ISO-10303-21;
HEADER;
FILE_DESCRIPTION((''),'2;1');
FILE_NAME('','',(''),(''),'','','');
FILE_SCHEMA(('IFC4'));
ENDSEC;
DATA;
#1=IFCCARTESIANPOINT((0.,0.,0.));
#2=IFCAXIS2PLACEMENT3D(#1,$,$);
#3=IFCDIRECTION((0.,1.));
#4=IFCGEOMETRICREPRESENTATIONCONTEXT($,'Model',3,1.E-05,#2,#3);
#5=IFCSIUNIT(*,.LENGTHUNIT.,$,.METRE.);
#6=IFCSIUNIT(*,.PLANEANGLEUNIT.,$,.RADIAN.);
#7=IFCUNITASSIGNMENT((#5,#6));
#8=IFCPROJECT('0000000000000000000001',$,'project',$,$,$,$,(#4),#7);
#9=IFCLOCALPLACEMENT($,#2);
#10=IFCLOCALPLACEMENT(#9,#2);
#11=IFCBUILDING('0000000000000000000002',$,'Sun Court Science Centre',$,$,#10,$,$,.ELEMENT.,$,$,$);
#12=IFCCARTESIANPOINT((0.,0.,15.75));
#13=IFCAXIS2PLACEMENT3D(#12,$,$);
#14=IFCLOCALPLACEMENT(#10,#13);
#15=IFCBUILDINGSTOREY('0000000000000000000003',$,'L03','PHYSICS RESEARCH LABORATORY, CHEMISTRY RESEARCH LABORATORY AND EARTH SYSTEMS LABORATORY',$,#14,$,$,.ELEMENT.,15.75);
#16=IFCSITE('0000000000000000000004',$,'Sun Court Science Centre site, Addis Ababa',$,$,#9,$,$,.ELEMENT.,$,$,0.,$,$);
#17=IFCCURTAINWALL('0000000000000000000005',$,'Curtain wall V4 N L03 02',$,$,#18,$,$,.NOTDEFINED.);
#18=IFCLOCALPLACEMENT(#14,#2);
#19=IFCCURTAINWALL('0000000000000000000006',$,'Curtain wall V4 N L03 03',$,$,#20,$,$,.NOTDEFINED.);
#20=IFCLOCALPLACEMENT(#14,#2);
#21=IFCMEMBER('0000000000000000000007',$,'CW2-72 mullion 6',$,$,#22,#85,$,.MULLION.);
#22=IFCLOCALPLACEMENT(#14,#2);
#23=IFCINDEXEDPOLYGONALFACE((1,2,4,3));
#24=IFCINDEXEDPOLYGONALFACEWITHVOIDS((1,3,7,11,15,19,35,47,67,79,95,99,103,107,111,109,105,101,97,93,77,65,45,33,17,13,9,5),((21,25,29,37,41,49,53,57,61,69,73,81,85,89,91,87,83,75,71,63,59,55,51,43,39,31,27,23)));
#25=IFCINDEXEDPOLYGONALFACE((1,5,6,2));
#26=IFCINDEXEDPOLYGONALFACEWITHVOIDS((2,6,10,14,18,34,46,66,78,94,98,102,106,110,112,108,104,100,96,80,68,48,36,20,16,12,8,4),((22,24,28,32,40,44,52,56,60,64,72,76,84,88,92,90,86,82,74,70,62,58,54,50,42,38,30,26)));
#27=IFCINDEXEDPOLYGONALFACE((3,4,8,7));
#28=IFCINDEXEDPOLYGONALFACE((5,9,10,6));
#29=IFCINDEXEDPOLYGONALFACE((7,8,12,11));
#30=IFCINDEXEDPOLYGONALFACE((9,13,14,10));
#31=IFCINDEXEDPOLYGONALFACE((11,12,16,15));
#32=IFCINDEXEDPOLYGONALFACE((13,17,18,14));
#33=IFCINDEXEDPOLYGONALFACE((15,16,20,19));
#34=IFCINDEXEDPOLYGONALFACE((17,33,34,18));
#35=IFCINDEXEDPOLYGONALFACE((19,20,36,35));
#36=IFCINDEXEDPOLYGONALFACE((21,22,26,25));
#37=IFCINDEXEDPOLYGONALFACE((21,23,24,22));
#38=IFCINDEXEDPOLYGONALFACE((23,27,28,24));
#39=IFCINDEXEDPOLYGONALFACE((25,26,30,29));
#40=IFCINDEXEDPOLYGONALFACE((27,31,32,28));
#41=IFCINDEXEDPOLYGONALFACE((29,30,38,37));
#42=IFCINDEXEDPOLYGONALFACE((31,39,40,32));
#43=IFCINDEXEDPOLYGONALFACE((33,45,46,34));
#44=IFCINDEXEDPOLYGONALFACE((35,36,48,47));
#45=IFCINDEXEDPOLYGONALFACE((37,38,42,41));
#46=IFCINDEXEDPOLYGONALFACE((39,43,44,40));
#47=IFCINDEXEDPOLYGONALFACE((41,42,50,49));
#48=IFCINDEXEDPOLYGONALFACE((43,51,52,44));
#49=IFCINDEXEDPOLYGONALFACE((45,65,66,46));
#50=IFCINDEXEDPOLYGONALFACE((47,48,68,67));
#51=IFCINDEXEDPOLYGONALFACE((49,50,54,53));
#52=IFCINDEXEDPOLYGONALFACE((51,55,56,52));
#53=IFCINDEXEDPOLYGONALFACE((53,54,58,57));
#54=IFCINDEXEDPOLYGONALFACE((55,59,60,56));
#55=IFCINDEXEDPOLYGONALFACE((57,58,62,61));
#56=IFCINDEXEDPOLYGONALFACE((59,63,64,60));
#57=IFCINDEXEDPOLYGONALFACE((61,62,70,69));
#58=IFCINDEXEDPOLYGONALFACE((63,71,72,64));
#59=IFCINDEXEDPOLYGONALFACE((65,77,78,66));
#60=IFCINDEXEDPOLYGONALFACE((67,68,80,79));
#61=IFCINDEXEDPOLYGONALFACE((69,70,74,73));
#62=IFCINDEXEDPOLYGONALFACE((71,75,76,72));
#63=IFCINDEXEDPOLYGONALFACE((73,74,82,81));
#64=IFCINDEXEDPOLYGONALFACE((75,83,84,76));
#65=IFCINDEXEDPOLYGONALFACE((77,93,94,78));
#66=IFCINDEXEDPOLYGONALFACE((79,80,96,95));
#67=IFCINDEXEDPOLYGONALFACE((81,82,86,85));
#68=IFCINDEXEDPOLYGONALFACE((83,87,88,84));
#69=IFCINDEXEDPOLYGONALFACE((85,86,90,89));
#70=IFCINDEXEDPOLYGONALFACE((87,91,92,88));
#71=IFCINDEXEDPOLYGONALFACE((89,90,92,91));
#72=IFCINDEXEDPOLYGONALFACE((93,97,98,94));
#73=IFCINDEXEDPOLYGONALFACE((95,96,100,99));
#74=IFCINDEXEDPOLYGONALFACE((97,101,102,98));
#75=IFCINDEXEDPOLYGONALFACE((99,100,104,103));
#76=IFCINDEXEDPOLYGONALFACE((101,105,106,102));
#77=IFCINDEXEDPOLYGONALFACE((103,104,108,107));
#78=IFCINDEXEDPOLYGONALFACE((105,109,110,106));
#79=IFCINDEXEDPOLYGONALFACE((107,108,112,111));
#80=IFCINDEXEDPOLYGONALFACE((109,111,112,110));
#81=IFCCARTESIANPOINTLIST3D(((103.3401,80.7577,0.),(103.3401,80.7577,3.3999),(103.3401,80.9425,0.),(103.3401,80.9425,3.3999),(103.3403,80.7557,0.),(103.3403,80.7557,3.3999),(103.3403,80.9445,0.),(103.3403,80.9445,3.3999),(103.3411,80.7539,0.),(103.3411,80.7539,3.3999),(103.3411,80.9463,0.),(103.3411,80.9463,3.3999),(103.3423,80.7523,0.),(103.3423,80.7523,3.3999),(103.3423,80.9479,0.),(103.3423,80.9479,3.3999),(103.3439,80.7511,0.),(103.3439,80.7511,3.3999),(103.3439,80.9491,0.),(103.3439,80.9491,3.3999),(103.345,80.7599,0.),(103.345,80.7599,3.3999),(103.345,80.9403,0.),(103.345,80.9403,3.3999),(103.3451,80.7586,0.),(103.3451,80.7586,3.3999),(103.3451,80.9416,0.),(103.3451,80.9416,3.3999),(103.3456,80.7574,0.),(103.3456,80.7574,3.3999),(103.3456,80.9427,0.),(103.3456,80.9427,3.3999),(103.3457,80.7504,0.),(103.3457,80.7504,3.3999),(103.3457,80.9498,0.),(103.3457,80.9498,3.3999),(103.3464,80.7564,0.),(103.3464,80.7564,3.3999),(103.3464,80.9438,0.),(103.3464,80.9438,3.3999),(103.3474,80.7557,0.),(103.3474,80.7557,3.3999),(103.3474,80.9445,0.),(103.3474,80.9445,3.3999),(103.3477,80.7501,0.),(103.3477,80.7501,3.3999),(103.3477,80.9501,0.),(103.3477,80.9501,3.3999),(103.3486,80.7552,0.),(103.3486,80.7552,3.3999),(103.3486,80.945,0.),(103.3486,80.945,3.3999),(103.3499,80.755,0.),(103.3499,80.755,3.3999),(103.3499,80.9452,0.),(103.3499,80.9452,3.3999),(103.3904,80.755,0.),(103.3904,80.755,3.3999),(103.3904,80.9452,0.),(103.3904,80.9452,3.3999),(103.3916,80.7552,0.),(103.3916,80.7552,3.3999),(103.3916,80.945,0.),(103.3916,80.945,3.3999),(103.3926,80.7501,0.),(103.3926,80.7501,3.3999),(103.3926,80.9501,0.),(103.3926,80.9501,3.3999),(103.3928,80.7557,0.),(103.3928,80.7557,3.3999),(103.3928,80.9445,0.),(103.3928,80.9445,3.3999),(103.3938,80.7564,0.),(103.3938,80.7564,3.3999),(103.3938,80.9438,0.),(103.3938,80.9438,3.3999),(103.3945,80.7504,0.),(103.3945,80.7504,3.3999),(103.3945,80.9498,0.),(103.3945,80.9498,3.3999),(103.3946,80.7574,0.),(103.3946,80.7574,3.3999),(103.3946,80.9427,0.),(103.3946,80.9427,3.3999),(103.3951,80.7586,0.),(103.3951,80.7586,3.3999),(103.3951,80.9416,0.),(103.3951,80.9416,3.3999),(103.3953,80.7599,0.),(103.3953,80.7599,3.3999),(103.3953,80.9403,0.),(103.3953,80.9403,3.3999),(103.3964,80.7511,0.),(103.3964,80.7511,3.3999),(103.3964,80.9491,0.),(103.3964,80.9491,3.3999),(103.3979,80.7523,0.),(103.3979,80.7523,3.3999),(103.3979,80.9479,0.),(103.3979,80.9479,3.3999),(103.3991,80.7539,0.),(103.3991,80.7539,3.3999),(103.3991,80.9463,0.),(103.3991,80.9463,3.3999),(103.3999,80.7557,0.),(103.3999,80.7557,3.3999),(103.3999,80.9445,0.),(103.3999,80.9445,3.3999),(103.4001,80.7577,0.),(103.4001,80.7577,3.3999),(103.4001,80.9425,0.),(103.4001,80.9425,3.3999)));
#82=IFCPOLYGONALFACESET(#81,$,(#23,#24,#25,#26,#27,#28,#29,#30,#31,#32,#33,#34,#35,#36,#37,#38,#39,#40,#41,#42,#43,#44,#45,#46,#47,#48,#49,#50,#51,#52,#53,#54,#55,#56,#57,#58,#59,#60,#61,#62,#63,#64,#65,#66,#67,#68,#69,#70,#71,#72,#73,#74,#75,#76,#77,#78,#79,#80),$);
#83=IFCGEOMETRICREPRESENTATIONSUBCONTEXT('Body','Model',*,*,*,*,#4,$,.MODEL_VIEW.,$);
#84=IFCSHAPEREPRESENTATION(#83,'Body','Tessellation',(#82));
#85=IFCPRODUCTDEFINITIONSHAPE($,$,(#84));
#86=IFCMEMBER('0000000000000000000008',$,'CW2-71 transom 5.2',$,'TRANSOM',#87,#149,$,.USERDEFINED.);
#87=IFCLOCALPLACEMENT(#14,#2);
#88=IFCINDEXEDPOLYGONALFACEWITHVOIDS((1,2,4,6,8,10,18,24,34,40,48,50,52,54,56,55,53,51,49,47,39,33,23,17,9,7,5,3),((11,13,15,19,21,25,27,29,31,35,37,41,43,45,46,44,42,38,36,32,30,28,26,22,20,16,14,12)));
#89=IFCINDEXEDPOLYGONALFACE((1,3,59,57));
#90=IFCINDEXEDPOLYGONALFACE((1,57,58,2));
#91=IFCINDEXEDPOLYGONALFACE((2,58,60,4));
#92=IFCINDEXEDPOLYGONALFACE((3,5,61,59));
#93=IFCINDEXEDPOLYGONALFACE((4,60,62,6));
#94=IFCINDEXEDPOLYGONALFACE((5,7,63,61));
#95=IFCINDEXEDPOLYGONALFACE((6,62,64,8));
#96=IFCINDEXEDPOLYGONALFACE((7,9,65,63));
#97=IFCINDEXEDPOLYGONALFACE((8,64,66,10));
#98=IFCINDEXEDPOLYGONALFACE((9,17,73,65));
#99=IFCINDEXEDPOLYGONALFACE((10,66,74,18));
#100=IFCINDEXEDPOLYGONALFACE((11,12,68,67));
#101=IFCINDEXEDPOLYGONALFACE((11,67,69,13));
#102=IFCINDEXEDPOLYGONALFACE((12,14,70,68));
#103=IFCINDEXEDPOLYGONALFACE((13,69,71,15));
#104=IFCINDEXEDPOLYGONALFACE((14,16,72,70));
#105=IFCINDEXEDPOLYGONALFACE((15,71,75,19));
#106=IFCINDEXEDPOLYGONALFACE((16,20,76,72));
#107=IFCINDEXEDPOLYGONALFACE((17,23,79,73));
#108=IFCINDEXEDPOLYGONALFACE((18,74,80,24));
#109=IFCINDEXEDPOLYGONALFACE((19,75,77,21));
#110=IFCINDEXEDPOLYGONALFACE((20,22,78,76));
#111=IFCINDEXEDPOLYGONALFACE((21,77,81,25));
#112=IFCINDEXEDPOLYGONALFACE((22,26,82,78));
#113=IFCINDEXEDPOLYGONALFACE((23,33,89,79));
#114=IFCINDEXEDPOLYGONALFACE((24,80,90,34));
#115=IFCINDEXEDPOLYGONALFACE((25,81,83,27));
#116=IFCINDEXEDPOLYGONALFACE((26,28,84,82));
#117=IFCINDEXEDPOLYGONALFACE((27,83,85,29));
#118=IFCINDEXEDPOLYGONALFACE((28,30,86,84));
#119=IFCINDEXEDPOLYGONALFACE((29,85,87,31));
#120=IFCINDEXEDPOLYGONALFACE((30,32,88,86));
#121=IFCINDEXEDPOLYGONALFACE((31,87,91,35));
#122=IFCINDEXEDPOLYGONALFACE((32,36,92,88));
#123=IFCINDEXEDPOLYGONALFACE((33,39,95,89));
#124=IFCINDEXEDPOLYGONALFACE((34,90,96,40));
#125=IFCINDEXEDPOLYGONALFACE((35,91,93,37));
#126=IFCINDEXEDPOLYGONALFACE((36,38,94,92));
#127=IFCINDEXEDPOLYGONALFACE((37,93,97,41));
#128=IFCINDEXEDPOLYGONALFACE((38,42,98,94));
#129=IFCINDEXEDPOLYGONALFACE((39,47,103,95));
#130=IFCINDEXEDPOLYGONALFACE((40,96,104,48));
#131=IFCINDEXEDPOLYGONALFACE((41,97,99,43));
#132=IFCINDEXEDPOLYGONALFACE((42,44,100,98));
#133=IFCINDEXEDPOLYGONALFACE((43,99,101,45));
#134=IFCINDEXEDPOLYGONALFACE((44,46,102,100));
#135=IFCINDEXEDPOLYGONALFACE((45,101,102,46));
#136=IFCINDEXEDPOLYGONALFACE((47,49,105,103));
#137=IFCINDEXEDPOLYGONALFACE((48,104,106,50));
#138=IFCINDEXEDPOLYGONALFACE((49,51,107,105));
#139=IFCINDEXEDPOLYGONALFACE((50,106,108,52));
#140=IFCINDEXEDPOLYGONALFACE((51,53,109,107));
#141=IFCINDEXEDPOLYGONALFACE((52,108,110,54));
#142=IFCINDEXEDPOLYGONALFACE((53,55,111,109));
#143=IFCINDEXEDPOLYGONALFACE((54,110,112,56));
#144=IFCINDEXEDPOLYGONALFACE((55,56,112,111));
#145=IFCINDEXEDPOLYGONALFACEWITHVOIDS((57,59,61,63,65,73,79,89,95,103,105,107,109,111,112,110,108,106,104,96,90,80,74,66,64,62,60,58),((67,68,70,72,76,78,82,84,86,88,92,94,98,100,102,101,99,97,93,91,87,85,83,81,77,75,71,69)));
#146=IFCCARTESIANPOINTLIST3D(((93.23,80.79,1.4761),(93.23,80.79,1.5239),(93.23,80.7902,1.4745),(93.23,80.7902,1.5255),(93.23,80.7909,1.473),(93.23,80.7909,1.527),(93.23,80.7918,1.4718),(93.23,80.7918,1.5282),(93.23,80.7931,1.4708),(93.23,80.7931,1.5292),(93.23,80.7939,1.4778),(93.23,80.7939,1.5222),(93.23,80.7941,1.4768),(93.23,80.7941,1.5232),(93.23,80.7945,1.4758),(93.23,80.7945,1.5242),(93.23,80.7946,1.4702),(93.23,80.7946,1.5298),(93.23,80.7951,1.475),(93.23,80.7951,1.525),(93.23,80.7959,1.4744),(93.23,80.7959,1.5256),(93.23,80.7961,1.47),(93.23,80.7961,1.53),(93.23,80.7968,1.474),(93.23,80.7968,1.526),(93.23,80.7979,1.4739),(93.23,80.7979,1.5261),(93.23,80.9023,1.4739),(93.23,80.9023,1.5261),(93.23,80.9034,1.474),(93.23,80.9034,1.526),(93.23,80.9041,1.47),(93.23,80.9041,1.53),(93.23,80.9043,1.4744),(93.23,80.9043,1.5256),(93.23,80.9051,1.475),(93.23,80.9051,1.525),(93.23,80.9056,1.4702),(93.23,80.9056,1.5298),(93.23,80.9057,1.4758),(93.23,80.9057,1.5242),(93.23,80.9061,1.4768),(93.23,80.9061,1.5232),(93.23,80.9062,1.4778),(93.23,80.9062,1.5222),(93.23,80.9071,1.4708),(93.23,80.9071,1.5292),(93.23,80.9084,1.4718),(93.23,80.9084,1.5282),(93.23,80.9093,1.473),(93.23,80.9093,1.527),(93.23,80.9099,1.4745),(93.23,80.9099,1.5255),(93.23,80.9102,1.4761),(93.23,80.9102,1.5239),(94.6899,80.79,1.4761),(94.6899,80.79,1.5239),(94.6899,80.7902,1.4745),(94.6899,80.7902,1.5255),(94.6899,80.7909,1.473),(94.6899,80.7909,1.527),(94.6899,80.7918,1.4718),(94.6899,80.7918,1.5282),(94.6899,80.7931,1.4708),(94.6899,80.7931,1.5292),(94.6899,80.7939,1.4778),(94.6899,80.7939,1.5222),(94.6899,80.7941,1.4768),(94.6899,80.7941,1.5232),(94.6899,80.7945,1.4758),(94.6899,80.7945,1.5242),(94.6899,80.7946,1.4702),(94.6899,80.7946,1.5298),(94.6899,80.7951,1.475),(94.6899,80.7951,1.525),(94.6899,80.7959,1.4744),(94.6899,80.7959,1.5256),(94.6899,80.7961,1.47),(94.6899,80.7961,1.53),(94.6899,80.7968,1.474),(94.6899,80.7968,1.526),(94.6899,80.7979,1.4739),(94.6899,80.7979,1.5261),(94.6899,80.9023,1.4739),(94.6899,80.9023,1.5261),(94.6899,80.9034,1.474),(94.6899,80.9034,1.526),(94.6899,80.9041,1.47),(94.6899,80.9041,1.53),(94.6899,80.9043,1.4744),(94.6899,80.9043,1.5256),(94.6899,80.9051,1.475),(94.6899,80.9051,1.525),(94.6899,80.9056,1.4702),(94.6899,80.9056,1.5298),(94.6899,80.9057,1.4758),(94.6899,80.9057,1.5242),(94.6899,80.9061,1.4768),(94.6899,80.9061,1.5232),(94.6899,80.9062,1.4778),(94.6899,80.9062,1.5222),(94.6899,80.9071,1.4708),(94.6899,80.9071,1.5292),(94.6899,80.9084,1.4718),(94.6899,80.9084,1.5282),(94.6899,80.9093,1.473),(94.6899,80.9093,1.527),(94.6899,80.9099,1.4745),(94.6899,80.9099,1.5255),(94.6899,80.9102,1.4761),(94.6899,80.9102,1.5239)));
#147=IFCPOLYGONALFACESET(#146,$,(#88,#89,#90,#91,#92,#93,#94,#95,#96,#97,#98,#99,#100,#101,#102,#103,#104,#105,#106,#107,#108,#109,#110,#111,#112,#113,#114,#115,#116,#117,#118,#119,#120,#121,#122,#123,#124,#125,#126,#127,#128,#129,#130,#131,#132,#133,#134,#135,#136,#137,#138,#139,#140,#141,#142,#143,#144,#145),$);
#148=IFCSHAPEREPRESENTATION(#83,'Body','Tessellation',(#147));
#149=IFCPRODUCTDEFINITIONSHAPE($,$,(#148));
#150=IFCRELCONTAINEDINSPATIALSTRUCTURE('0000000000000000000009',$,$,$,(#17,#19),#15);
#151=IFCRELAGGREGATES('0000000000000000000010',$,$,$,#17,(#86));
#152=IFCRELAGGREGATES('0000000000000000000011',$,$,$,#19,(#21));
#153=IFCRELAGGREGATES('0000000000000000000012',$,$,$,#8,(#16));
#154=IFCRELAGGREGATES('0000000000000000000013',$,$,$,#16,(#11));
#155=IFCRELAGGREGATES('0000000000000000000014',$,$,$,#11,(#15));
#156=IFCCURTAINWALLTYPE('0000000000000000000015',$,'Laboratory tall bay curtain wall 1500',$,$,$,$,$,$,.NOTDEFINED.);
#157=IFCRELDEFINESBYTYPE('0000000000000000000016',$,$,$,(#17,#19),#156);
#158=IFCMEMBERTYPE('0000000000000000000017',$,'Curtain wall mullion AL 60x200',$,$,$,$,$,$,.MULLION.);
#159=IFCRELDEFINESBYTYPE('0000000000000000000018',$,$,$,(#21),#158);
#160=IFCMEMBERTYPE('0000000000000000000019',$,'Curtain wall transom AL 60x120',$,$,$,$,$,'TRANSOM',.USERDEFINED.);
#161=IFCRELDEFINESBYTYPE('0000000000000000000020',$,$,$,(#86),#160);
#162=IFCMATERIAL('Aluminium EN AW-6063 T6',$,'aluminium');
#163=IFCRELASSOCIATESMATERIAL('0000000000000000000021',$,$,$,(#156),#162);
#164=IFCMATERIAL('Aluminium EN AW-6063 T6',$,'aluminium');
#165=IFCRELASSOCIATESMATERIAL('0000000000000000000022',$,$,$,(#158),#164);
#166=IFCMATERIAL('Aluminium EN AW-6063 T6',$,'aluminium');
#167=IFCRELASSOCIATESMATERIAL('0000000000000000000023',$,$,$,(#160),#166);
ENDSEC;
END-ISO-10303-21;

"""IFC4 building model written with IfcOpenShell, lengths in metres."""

from ifc_helpers import new_model, si_unit, direction, frame, origin, origin_2d, place, context, subcontext, project, spatial, hollow_rectangle, extrude, material, material_profile, profile_set, type_object, element, aggregate, save


model = new_model("IFC4")

# Units and contexts
model_context = context("Model", 3, precision=1e-05, world=origin(), true_north=direction((0.0, 1.0)))
body_context = subcontext(model_context, "Body", "Model", "MODEL_VIEW")
ifc_project = project(units=[si_unit("LENGTHUNIT", "METRE"), si_unit("PLANEANGLEUNIT", "RADIAN")], contexts=[model_context])

# Site, building, storey
site_placement = place(None, origin())
site = spatial("IfcSite", under=ifc_project, at=site_placement, Name="Sun Court Science Centre site, Addis Ababa", CompositionType="ELEMENT", RefElevation=0.0)
building_placement = place(site_placement, origin())
building = spatial("IfcBuilding", under=site, at=building_placement, Name="Sun Court Science Centre", CompositionType="ELEMENT")
storey_placement = place(building_placement, frame((0.0, 0.0, 15.75)))
storey = spatial("IfcBuildingStorey", under=building, at=storey_placement, Name="L03", Description="PHYSICS RESEARCH LABORATORY, CHEMISTRY RESEARCH LABORATORY AND EARTH SYSTEMS LABORATORY", CompositionType="ELEMENT", Elevation=15.75)

# Curtain wall
ifc_material_1 = material(Name="Aluminium EN AW-6063 T6", Category="aluminium")
curtain_wall_type = type_object("IfcCurtainWallType", Name="Laboratory tall bay curtain wall 1500", PredefinedType="NOTDEFINED", material=ifc_material_1)
curtain_wall_1_placement = place(storey_placement, origin())
curtain_wall_1 = element("IfcCurtainWall", 1, at=curtain_wall_1_placement, inside=storey, type_object=curtain_wall_type, Name="Curtain wall V4 N L03 02", PredefinedType="NOTDEFINED")
ifc_material_2 = material(Name="Aluminium EN AW-6063 T6", Category="aluminium")
ifc_material_profile_1 = material_profile(ifc_material_2, hollow_rectangle(XDim=0.0601, YDim=0.2, WallThickness=0.0049, InnerFilletRadius=0.0049, OuterFilletRadius=0.0076, at=origin_2d()), Name="AL 60x200x5")
ifc_profile_set_1 = profile_set([ifc_material_profile_1], Name="Aluminium EN AW-6063 T6")
member_type_1 = type_object("IfcMemberType", Name="Curtain wall mullion AL 60x200", PredefinedType="MULLION", material=ifc_profile_set_1)

# Curtain wall, member
curtain_wall_2_placement = place(storey_placement, origin())
curtain_wall_2 = element("IfcCurtainWall", 2, at=curtain_wall_2_placement, inside=storey, type_object=curtain_wall_type, Name="Curtain wall V4 N L03 03", PredefinedType="NOTDEFINED")
member_1_placement = place(storey_placement, frame((103.3701, 80.8501, 0.0), z_axis=(0.0, 0.0, 1.0), x_axis=(1.0, 0.0, 0.0)))
member_1 = element("IfcMember", 3, at=member_1_placement, type_object=member_type_1, Name="CW2-72 mullion 6", PredefinedType="MULLION", context=body_context, shape_type="SweptSolid", body=[
    extrude(hollow_rectangle(XDim=0.0601, YDim=0.2, WallThickness=0.0049, InnerFilletRadius=0.0049, OuterFilletRadius=0.0076, at=origin_2d()), origin(), (0.0, 0.0, 1.0), 3.3999),
])

# Member
ifc_material_3 = material(Name="Aluminium EN AW-6063 T6", Category="aluminium")
ifc_material_profile_2 = material_profile(ifc_material_3, hollow_rectangle(XDim=0.0601, YDim=0.1201, WallThickness=0.0039, InnerFilletRadius=0.0039, OuterFilletRadius=0.0061, at=origin_2d()), Name="AL 60x120x4")
ifc_profile_set_2 = profile_set([ifc_material_profile_2], Name="Aluminium EN AW-6063 T6")
member_type_2 = type_object("IfcMemberType", Name="Curtain wall transom AL 60x120", ElementType="TRANSOM", PredefinedType="USERDEFINED", material=ifc_profile_set_2)
member_2_placement = place(storey_placement, frame((93.23, 80.8501, 1.5), z_axis=(1.0, 0.0, 0.0), x_axis=(0.0, 0.0, 1.0)))
member_2 = element("IfcMember", 4, at=member_2_placement, type_object=member_type_2, Name="CW2-71 transom 5.2", ObjectType="TRANSOM", PredefinedType="USERDEFINED", context=body_context, shape_type="SweptSolid", body=[
    extrude(hollow_rectangle(XDim=0.0601, YDim=0.1201, WallThickness=0.0039, InnerFilletRadius=0.0039, OuterFilletRadius=0.0061, at=origin_2d()), origin(), (0.0, 0.0, 1.0), 1.46),
])

aggregate(curtain_wall_1, [member_2])
aggregate(curtain_wall_2, [member_1])

save(model, "model.ifc")
